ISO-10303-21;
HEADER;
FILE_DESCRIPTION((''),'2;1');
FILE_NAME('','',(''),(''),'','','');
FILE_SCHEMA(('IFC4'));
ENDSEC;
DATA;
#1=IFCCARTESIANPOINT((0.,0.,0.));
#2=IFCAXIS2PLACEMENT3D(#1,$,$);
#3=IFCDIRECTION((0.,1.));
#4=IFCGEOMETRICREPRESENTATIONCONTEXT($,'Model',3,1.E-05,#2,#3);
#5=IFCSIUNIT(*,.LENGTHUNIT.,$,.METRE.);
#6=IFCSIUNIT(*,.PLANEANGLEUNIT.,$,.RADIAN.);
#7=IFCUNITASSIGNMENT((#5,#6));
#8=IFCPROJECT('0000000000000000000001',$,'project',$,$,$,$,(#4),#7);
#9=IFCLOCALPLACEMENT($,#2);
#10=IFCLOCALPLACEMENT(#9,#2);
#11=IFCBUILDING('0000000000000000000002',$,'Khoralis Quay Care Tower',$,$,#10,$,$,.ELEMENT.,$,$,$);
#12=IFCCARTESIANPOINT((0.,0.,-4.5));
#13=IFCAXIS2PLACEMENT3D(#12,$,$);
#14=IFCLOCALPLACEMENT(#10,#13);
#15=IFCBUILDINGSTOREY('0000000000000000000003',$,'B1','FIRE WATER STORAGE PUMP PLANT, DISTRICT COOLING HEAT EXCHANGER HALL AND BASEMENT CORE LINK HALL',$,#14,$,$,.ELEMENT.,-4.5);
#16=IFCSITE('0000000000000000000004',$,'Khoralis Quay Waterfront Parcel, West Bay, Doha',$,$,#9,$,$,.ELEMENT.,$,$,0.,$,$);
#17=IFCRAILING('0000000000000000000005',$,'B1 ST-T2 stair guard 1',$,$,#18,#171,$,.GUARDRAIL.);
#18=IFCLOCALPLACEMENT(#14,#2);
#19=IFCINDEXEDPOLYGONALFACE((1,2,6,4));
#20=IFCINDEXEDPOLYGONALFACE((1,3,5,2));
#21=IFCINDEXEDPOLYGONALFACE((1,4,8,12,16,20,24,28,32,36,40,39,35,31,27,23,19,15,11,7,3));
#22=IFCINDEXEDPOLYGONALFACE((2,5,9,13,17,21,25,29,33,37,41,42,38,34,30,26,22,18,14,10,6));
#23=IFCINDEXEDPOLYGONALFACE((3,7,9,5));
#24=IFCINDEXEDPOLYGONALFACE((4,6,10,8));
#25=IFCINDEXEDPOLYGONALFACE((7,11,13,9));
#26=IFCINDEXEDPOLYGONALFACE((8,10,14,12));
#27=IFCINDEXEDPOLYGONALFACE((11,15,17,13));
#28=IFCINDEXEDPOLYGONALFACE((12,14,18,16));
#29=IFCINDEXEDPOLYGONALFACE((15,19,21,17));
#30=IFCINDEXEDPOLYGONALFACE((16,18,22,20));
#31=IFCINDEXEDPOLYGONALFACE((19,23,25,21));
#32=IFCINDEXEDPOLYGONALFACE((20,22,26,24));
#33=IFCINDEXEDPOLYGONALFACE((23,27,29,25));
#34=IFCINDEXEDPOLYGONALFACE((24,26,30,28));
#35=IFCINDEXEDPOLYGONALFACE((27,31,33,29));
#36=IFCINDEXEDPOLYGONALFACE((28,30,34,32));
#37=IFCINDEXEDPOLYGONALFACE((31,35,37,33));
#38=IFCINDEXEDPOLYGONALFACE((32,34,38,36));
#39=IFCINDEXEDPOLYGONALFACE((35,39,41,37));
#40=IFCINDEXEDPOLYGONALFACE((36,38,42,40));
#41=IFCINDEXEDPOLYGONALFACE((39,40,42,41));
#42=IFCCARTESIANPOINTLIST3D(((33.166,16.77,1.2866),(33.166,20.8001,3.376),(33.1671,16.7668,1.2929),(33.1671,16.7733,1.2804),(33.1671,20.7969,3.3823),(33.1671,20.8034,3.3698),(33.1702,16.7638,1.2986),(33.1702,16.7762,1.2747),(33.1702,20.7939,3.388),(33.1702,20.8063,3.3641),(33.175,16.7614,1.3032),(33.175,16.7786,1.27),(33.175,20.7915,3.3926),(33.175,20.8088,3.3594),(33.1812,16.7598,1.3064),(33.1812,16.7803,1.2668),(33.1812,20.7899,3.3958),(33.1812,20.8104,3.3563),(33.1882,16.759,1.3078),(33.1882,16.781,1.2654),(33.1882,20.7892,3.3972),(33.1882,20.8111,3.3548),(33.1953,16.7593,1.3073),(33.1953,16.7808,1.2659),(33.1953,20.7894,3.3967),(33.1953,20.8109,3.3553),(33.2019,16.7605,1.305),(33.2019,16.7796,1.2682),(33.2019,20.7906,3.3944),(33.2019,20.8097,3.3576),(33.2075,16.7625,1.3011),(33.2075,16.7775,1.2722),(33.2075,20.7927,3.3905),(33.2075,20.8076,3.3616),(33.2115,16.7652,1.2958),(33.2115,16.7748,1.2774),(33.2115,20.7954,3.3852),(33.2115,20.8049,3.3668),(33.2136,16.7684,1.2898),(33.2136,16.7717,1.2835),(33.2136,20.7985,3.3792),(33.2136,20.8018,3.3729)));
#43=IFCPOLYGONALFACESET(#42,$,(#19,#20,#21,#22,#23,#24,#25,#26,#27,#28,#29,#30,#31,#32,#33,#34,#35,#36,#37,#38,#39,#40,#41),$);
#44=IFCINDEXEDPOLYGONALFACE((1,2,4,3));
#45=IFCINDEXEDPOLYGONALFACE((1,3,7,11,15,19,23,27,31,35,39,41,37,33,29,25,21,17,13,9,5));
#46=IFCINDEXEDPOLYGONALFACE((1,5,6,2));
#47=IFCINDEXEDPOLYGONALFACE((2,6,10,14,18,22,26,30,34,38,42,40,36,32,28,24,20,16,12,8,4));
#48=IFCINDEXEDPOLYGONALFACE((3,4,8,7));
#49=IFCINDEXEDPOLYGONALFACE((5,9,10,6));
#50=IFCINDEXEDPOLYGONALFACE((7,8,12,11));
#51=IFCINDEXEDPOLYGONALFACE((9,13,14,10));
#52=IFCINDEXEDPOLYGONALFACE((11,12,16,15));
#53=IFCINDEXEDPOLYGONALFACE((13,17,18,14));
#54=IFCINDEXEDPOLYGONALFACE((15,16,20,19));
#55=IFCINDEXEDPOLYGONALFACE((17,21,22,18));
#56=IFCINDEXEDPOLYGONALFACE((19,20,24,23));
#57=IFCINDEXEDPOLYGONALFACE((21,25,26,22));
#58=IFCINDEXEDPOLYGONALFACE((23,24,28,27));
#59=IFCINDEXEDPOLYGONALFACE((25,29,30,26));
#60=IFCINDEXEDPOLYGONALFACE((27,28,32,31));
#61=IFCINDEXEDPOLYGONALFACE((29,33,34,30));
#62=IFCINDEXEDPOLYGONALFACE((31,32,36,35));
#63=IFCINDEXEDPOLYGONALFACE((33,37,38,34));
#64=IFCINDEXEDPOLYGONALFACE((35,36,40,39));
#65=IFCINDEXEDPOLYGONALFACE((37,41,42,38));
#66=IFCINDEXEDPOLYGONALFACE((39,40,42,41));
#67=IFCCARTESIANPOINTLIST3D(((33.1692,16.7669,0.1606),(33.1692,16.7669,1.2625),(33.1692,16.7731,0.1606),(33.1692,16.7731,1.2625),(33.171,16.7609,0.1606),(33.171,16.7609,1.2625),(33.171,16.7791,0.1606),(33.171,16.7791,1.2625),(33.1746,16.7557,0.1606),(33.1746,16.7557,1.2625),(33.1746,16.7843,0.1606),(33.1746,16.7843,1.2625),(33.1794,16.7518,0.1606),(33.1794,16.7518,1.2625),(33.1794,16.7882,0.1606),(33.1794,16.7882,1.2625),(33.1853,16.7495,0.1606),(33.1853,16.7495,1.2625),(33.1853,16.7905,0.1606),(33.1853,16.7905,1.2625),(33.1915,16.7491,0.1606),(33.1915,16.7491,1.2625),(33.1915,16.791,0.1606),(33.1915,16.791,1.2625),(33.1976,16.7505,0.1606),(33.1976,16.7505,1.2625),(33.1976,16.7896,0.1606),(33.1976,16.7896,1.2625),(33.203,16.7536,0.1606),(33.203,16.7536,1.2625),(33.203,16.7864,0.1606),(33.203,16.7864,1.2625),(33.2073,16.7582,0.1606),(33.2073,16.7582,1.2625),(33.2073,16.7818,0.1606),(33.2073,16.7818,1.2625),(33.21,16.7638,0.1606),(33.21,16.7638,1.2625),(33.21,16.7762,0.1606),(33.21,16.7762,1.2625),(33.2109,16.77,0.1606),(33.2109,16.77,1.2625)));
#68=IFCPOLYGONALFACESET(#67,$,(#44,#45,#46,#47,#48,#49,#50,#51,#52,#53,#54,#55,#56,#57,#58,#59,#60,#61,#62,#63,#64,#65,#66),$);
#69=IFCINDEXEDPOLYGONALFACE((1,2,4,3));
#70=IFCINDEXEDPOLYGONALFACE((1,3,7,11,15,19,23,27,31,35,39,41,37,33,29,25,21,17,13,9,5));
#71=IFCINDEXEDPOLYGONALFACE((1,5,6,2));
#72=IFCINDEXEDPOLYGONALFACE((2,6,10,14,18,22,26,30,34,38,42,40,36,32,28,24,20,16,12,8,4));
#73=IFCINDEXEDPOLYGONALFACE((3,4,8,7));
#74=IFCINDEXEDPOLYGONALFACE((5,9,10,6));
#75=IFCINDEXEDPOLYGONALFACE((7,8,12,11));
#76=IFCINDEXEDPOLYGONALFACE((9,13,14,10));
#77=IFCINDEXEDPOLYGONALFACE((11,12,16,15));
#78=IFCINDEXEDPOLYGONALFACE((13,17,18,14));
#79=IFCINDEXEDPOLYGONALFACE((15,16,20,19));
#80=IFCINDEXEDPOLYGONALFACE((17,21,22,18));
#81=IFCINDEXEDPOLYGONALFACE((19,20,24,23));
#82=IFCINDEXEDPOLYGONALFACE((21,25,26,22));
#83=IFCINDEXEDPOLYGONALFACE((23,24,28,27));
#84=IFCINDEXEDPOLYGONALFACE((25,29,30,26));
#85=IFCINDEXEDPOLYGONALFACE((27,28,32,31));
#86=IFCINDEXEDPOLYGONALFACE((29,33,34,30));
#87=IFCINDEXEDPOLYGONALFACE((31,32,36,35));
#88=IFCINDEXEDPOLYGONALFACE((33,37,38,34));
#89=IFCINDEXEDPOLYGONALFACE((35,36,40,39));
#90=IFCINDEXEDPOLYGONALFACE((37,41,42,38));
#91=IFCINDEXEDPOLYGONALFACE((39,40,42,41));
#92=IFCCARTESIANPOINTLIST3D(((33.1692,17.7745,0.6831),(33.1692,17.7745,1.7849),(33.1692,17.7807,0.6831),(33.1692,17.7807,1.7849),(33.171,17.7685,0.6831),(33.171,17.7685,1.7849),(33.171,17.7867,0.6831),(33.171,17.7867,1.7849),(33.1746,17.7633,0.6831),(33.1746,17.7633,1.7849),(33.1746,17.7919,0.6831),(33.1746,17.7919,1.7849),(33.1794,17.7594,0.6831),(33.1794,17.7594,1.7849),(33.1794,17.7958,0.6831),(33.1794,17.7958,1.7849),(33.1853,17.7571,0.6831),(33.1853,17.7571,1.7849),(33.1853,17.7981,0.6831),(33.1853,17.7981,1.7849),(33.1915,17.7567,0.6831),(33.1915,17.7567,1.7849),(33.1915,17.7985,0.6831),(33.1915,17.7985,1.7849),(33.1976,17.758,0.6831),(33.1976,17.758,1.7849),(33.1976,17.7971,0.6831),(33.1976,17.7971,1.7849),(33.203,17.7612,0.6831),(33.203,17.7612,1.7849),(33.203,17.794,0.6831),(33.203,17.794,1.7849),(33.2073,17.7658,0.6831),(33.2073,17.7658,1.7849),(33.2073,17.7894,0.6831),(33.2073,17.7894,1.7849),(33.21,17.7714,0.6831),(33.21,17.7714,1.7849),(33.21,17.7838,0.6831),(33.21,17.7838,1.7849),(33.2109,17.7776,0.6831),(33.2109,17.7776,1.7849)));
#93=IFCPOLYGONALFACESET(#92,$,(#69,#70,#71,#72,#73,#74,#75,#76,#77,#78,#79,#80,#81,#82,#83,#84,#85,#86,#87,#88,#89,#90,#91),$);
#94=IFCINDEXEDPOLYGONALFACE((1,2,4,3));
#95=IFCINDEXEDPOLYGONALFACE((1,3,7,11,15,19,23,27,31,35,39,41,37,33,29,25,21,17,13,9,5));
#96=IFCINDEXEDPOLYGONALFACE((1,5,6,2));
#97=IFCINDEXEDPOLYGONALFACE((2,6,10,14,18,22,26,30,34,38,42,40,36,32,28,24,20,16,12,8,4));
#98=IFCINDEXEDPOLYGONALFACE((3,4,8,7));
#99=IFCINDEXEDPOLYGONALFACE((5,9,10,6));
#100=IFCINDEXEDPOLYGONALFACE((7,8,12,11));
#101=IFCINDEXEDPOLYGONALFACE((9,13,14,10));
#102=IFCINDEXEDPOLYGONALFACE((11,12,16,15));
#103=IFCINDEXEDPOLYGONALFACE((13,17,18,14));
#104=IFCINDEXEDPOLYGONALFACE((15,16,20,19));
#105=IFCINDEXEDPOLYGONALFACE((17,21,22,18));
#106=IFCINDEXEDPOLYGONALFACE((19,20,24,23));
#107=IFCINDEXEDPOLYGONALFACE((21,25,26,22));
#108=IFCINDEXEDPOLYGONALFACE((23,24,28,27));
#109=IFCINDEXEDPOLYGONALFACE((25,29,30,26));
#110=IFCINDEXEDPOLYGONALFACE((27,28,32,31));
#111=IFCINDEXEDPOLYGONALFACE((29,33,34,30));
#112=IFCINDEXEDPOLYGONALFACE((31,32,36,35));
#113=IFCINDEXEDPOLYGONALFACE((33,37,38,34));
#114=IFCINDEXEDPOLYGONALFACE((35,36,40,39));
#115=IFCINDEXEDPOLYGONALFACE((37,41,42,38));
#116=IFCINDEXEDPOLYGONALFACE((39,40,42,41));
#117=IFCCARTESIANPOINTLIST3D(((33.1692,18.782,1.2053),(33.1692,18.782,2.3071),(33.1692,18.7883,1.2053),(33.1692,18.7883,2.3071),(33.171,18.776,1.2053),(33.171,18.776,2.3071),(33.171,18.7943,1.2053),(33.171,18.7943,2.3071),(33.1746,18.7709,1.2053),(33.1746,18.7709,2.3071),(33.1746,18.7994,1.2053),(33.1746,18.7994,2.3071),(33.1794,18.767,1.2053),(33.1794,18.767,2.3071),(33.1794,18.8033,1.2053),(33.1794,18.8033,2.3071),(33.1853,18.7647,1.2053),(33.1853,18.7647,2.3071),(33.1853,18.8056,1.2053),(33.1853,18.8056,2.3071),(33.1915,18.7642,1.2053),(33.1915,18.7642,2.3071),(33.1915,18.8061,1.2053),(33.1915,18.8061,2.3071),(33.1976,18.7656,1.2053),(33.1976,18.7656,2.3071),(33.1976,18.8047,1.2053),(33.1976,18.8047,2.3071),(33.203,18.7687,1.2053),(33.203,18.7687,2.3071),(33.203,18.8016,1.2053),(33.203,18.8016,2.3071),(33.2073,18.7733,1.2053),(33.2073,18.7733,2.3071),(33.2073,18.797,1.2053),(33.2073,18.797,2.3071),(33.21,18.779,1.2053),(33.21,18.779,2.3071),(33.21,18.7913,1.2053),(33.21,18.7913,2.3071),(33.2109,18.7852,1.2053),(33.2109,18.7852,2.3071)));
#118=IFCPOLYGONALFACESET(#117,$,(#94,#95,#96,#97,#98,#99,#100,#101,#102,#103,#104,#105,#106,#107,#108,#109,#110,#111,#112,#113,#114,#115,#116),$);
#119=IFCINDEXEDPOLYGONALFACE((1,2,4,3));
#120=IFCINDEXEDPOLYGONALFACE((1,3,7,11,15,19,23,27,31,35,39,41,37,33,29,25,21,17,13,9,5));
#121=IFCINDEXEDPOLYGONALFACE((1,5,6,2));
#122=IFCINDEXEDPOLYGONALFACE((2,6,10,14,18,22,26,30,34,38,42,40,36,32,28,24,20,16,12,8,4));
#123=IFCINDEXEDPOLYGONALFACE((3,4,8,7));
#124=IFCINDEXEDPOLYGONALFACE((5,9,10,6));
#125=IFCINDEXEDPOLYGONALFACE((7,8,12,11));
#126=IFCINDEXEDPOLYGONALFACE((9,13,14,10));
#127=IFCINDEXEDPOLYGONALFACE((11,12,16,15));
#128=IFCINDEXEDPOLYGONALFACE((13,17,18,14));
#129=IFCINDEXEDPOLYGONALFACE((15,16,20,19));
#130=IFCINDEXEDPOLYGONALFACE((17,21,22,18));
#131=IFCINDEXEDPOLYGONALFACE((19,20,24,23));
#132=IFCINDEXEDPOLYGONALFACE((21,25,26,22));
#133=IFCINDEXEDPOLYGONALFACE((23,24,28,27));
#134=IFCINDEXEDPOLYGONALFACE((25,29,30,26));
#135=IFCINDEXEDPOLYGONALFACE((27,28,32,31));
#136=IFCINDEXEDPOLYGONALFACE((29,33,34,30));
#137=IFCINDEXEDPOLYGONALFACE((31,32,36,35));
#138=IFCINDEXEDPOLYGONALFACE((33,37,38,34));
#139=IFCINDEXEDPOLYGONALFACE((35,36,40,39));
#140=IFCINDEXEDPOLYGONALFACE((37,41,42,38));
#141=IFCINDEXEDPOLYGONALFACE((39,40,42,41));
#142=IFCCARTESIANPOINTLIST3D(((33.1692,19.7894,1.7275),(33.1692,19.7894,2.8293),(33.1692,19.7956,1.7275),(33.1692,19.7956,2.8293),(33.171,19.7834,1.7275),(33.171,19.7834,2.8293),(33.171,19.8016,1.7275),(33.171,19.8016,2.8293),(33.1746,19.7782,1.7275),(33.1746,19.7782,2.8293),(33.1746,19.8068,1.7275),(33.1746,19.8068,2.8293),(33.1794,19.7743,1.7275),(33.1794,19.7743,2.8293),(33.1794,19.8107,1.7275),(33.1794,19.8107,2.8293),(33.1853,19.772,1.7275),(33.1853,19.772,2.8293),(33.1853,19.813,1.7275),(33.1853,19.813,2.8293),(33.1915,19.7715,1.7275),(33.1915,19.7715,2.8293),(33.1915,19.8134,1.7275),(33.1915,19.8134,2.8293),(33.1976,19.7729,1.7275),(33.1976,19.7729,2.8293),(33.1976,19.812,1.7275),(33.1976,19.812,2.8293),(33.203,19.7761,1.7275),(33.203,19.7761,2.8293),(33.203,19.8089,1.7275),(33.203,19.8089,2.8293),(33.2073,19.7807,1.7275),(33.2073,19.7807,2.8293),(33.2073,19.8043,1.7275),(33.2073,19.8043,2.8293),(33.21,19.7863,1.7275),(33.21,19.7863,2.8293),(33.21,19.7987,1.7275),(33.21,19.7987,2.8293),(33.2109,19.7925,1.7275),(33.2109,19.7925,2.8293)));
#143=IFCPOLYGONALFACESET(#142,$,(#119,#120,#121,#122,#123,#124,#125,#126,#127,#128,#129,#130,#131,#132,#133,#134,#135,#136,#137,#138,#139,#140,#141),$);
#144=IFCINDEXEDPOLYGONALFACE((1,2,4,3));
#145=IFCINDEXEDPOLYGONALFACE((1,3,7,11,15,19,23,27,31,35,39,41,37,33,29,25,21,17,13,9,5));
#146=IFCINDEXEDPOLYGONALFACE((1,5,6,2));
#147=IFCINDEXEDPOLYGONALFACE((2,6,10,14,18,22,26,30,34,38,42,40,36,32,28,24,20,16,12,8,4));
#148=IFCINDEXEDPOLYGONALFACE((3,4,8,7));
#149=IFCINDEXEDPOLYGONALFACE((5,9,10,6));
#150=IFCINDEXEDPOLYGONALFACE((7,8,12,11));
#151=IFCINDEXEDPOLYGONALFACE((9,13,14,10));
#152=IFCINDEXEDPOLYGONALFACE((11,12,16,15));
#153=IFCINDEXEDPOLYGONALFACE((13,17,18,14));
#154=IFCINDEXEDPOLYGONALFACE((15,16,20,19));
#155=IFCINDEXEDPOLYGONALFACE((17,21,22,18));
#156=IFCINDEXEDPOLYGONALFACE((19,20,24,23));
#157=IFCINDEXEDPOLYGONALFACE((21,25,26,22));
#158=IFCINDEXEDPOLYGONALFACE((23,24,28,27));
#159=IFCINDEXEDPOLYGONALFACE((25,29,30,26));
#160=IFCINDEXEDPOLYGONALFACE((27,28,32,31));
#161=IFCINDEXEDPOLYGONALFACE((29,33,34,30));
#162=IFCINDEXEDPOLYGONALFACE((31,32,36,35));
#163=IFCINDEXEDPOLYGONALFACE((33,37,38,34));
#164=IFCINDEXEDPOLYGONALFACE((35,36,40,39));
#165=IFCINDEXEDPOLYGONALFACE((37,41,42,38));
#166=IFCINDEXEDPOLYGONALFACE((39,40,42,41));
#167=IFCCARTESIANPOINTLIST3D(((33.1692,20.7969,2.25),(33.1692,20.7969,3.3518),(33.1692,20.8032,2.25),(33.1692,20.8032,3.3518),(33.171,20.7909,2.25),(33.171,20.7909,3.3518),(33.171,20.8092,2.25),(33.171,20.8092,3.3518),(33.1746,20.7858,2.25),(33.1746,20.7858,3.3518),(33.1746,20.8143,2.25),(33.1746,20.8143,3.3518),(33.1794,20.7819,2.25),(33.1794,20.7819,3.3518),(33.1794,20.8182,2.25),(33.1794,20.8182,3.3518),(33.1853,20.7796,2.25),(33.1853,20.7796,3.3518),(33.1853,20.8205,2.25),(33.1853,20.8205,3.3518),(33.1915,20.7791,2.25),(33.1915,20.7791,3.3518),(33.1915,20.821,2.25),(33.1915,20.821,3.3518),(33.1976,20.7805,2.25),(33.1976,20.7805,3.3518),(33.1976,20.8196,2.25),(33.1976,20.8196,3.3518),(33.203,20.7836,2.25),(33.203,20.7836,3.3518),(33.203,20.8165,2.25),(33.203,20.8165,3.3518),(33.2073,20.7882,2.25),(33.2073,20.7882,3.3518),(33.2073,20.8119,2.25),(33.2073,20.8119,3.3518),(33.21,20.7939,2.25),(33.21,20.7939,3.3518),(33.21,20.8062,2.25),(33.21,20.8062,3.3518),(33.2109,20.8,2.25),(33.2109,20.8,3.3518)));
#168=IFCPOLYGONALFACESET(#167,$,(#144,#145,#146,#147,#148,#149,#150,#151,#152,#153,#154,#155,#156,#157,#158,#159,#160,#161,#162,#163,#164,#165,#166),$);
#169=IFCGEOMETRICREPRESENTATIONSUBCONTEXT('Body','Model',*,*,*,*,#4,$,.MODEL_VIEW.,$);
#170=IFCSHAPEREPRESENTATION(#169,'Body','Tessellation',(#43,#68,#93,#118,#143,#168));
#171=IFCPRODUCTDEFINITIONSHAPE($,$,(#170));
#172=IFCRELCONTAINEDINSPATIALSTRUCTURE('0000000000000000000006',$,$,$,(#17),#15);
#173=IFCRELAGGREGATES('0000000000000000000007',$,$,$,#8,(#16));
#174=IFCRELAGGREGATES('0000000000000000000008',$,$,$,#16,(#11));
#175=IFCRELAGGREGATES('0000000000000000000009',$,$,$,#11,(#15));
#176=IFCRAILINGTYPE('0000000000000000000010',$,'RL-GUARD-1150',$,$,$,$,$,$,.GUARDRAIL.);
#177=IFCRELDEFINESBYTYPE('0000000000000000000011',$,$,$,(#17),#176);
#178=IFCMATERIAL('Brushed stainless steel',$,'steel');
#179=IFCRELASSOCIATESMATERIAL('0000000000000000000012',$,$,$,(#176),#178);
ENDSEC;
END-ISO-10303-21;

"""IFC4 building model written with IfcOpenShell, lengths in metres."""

from ifc_helpers import new_model, si_unit, direction, frame, origin, origin_2d, place, context, subcontext, project, spatial, circle, extrude, material, type_object, element, save


model = new_model("IFC4")

# Units and contexts
model_context = context("Model", 3, precision=1e-05, world=origin(), true_north=direction((0.0, 1.0)))
body_context = subcontext(model_context, "Body", "Model", "MODEL_VIEW")
ifc_project = project(units=[si_unit("LENGTHUNIT", "METRE"), si_unit("PLANEANGLEUNIT", "RADIAN")], contexts=[model_context])

# Site, building, storey
site_placement = place(None, origin())
site = spatial("IfcSite", under=ifc_project, at=site_placement, Name="Khoralis Quay Waterfront Parcel, West Bay, Doha", CompositionType="ELEMENT", RefElevation=0.0)
building_placement = place(site_placement, origin())
building = spatial("IfcBuilding", under=site, at=building_placement, Name="Khoralis Quay Care Tower", CompositionType="ELEMENT")
storey_placement = place(building_placement, frame((0.0, 0.0, -4.5)))
storey = spatial("IfcBuildingStorey", under=building, at=storey_placement, Name="B1", Description="FIRE WATER STORAGE PUMP PLANT, DISTRICT COOLING HEAT EXCHANGER HALL AND BASEMENT CORE LINK HALL", CompositionType="ELEMENT", Elevation=-4.5)

# Shared definitions
ifc_material_1 = material(Name="Brushed stainless steel", Category="steel")

# Railing
railing_type = type_object("IfcRailingType", Name="RL-GUARD-1150", PredefinedType="GUARDRAIL", material=ifc_material_1)
railing_1_placement = place(storey_placement, frame((33.1899, 16.77, 0.1606)))
element("IfcRailing", 1, at=railing_1_placement, inside=storey, type_object=railing_type, Name="B1 ST-T2 stair guard 1", PredefinedType="GUARDRAIL", context=body_context, shape_type="SweptSolid", body=[
    extrude(circle(Radius=0.0239, at=origin_2d()), frame((0.0, 0.0, 1.126), z_axis=(0.0, 0.887781, 0.460267), x_axis=(-1.0, 0.0, 0.0)), (0.0, 0.0, 1.0), 4.5396),
    extrude(circle(Radius=0.021, at=origin_2d()), origin(), (0.0, 0.0, 1.0), 1.1018),
    extrude(circle(Radius=0.021, at=origin_2d()), frame((0.0, 1.0076, 0.5225)), (0.0, 0.0, 1.0), 1.1018),
    extrude(circle(Radius=0.021, at=origin_2d()), frame((0.0, 2.0151, 1.0447)), (0.0, 0.0, 1.0), 1.1018),
    extrude(circle(Radius=0.021, at=origin_2d()), frame((0.0, 3.0225, 1.5669)), (0.0, 0.0, 1.0), 1.1018),
    extrude(circle(Radius=0.021, at=origin_2d()), frame((0.0, 4.03, 2.0894)), (0.0, 0.0, 1.0), 1.1018),
])

save(model, "model.ifc")
